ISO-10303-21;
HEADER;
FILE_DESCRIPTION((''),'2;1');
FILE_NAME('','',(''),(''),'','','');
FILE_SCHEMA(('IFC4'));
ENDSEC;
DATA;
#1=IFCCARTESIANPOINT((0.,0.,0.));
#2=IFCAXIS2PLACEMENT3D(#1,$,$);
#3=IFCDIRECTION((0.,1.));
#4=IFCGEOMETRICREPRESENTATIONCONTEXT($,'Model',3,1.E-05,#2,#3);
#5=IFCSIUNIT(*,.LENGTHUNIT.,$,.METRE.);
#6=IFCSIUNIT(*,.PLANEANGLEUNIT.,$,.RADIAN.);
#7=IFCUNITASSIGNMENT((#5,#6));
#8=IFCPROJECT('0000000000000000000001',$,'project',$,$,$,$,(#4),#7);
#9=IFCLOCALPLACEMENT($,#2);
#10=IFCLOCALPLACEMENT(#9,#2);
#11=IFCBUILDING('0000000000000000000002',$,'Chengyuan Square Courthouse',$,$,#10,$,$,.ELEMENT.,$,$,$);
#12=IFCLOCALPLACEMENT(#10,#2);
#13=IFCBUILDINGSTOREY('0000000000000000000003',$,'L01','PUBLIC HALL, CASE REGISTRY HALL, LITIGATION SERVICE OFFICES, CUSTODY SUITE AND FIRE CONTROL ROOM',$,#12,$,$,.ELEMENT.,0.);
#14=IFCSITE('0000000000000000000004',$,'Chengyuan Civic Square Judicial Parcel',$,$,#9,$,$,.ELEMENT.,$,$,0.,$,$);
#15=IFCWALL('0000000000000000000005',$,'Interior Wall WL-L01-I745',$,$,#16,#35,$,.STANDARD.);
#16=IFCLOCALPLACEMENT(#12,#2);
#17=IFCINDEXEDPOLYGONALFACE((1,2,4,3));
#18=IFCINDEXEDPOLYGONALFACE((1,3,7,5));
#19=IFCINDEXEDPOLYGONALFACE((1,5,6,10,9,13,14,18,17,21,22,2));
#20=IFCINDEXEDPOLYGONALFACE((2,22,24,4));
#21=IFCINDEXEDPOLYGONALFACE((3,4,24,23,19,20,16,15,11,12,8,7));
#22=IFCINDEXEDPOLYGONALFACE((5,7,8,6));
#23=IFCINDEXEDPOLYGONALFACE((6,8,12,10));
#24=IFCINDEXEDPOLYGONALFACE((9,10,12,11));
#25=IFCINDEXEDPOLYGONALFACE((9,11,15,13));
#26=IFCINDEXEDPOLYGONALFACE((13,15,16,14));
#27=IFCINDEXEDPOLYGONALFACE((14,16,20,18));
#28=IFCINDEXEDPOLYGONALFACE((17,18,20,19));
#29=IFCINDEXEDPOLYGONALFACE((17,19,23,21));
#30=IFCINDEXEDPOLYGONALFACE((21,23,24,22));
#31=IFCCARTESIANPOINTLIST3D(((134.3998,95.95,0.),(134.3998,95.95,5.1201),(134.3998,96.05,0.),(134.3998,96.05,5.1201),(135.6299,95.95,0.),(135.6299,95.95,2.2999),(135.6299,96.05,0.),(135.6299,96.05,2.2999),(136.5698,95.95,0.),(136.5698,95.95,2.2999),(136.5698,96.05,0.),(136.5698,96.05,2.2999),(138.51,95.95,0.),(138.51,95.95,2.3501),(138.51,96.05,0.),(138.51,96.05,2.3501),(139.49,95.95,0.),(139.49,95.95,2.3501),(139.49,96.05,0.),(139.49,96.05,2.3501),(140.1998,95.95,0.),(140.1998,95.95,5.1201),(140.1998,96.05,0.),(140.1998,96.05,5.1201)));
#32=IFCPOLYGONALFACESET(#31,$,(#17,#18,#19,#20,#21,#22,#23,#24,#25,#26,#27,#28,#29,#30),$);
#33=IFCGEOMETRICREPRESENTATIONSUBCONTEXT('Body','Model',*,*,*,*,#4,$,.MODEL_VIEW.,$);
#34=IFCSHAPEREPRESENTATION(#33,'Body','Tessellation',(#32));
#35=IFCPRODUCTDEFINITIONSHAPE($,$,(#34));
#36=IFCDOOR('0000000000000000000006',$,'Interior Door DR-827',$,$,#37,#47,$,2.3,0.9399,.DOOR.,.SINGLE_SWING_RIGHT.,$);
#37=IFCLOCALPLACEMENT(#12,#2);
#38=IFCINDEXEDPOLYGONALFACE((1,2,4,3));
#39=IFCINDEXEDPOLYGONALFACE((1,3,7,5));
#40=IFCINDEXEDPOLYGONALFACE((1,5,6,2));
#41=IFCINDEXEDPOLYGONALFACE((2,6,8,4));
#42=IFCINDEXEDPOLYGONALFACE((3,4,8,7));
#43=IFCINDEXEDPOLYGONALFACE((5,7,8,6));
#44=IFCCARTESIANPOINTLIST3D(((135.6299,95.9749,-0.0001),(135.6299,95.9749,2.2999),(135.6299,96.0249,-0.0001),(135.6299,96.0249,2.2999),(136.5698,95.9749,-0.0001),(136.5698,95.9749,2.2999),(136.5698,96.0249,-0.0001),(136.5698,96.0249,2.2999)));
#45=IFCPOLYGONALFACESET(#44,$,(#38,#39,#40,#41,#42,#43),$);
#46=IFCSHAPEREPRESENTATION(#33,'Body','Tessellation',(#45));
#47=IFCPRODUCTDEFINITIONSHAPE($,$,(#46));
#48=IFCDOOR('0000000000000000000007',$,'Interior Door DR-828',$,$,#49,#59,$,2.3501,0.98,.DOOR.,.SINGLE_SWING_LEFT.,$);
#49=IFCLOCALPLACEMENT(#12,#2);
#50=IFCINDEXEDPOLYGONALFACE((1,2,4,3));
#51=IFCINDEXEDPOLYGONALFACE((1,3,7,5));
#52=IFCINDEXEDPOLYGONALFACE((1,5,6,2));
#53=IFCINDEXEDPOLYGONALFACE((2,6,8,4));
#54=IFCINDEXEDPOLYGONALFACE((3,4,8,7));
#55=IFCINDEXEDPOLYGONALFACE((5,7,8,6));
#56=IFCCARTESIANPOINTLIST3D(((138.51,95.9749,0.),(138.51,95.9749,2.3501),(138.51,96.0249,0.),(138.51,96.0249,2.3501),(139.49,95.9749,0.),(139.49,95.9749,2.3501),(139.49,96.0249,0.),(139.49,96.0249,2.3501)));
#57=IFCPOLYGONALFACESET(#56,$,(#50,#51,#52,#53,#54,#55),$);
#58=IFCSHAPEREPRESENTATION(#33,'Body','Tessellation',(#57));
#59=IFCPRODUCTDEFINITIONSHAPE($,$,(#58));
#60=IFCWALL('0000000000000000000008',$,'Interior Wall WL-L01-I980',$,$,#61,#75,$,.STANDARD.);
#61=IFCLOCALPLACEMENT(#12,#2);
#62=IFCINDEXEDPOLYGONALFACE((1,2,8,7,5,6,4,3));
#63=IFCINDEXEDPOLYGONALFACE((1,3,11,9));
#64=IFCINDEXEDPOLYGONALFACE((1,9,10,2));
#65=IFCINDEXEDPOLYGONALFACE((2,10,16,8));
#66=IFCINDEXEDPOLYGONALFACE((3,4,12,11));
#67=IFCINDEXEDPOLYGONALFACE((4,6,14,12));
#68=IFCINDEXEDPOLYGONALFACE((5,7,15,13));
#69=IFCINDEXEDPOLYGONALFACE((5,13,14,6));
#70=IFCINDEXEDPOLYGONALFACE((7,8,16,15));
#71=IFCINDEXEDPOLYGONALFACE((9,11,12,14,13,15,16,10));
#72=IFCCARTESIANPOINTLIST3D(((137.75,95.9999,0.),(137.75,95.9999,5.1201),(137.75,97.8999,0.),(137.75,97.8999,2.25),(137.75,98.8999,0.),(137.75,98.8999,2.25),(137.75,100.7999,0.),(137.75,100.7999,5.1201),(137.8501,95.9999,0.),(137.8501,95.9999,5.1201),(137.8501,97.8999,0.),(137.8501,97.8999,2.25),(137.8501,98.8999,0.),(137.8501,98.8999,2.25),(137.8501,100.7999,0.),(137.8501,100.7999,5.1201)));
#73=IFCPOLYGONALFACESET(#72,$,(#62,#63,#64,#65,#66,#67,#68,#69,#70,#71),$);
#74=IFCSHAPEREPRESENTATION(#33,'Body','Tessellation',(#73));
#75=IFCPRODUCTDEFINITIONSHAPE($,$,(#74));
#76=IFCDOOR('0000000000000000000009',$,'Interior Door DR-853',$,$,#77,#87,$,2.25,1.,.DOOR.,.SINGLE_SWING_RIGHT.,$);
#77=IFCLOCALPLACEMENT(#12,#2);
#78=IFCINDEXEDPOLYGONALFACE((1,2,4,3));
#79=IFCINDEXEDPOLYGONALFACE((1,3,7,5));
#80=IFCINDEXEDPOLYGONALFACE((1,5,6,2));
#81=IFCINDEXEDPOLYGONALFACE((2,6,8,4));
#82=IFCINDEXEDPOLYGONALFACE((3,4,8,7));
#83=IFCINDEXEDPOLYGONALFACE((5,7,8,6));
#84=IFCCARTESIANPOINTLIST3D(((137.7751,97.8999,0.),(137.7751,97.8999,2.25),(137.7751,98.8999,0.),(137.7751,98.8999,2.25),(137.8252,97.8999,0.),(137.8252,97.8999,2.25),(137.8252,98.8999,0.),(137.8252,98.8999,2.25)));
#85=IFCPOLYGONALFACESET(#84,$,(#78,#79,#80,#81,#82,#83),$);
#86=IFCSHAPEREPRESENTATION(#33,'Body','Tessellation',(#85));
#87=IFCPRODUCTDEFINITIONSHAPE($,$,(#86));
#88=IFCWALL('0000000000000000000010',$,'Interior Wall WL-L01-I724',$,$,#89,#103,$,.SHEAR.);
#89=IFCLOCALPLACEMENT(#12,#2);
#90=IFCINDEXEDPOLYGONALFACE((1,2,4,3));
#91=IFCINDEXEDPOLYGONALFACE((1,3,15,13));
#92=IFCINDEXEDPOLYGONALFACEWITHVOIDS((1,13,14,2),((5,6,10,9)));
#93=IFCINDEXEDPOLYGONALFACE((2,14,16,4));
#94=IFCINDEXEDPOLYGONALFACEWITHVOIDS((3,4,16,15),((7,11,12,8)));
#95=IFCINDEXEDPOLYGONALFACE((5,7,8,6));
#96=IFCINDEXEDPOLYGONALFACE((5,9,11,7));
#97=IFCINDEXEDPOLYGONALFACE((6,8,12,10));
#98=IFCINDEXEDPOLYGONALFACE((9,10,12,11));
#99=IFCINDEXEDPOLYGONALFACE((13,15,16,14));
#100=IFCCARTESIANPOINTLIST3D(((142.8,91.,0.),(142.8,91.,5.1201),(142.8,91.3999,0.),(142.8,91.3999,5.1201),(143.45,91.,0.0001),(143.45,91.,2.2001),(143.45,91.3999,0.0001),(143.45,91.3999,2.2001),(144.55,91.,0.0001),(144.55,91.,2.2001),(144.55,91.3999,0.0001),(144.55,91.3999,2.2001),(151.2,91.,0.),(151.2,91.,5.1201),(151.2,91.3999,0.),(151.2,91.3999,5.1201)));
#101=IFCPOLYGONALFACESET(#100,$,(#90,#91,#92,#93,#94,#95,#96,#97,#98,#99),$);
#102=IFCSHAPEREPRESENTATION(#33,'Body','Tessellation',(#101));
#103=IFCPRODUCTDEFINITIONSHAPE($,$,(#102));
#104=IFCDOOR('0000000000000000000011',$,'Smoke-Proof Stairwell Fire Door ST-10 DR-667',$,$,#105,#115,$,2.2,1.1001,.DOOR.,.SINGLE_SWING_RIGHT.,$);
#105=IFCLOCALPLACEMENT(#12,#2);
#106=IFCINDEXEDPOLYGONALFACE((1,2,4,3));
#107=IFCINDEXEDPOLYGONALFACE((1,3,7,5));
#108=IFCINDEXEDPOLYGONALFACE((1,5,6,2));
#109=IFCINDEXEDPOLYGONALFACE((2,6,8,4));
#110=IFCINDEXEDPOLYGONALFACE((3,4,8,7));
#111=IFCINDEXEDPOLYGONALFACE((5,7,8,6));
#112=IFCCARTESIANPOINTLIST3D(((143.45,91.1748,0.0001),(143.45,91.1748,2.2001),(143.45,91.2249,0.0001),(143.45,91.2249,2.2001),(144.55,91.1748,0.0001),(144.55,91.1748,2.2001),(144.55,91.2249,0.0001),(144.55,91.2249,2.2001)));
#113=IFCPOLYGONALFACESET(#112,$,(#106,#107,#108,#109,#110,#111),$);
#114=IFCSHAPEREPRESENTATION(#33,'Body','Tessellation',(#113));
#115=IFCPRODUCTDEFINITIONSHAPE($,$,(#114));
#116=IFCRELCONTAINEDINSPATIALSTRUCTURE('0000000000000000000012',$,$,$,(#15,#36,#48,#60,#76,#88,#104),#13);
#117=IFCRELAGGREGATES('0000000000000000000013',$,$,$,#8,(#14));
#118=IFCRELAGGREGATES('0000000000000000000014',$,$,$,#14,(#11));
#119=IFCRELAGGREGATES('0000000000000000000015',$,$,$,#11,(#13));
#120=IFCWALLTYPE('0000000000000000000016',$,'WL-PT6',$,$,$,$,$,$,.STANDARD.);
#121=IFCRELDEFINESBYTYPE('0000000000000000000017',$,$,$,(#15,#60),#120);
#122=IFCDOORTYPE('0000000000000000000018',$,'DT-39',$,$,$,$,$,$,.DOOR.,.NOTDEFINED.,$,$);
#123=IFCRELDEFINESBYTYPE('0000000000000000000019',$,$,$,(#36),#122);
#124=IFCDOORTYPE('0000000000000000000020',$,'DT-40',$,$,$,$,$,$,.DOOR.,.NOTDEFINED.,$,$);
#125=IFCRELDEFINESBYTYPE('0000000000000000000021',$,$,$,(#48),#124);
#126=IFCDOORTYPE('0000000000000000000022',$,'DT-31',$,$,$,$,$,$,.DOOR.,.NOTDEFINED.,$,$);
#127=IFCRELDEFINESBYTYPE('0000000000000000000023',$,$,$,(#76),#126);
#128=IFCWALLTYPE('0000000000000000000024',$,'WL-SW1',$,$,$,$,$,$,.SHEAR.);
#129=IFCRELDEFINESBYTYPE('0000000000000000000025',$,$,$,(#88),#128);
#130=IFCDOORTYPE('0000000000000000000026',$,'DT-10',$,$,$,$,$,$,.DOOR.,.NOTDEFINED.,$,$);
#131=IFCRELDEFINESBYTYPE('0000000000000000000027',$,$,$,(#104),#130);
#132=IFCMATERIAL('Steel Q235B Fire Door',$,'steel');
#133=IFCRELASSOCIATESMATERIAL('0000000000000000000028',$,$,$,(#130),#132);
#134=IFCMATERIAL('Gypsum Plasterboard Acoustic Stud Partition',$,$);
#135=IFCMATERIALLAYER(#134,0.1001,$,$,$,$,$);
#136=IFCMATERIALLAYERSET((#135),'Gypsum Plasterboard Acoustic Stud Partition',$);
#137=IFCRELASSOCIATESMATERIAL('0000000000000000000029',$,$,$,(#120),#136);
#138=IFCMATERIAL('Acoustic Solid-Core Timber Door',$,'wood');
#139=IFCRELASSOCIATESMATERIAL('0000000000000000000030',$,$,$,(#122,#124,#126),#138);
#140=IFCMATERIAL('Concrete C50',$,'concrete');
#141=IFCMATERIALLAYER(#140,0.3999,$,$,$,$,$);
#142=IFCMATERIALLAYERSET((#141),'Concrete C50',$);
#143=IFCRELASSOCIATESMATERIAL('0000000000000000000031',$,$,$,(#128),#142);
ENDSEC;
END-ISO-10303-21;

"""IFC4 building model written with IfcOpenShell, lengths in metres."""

from ifc_helpers import new_model, si_unit, direction, frame, frame_2d, origin, place, context, subcontext, project, spatial, rectangle, extrude, material, layer, layer_set, type_object, element, fill, save


model = new_model("IFC4")

# Units and contexts
model_context = context("Model", 3, precision=1e-05, world=origin(), true_north=direction((0.0, 1.0)))
body_context = subcontext(model_context, "Body", "Model", "MODEL_VIEW")
ifc_project = project(units=[si_unit("LENGTHUNIT", "METRE"), si_unit("PLANEANGLEUNIT", "RADIAN")], contexts=[model_context])

# Site, building, storey
site_placement = place(None, origin())
site = spatial("IfcSite", under=ifc_project, at=site_placement, Name="Chengyuan Civic Square Judicial Parcel", CompositionType="ELEMENT", RefElevation=0.0)
building_placement = place(site_placement, origin())
building = spatial("IfcBuilding", under=site, at=building_placement, Name="Chengyuan Square Courthouse", CompositionType="ELEMENT")
storey_placement = place(building_placement, origin())
storey = spatial("IfcBuildingStorey", under=building, at=storey_placement, Name="L01", Description="PUBLIC HALL, CASE REGISTRY HALL, LITIGATION SERVICE OFFICES, CUSTODY SUITE AND FIRE CONTROL ROOM", CompositionType="ELEMENT", Elevation=0.0)

# Shared definitions
ifc_material_1 = material(Name="Concrete C50", Category="concrete")

# Shared definitions
ifc_material_2 = material(Name="Steel Q235B Fire Door", Category="steel")
door_type_1 = type_object("IfcDoorType", Name="DT-10", OperationType="NOTDEFINED", PredefinedType="DOOR", material=ifc_material_2)

# Shared definitions
ifc_material_3 = material(Name="Acoustic Solid-Core Timber Door", Category="wood")

# Wall, openings, doors
ifc_material_4 = material(Name="Gypsum Plasterboard Acoustic Stud Partition")
ifc_layer_1 = layer(ifc_material_4, 0.1001)
ifc_layer_set_1 = layer_set([ifc_layer_1], Name="Gypsum Plasterboard Acoustic Stud Partition")
wall_type_1 = type_object("IfcWallType", Name="WL-PT6", PredefinedType="STANDARD", material=ifc_layer_set_1)
wall_1_placement = place(storey_placement, frame((134.3999, 96.0, 0.0), z_axis=(0.0, 0.0, 1.0), x_axis=(1.0, 0.0, 0.0)))
wall_1 = element("IfcWall", 1, at=wall_1_placement, inside=storey, type_object=wall_type_1, Name="Interior Wall WL-L01-I745", PredefinedType="STANDARD", context=body_context, shape_type="SweptSolid", body=[
    extrude(rectangle(XDim=5.8, YDim=0.1001, at=frame_2d((2.8999, 0.0))), origin(), (0.0, 0.0, 1.0), 5.1201),
])
opening_1_placement = place(wall_1_placement, frame((1.23, 0.0, 0.0)))
opening_1 = element("IfcOpeningElement", 2, at=opening_1_placement, cuts=wall_1, PredefinedType="OPENING", context=body_context, shape_type="SweptSolid", body=[
    extrude(rectangle(XDim=0.9399, YDim=2.3, at=frame_2d((0.47, 1.1499))), frame((0.0, 0.062, 0.0), z_axis=(0.0, -1.0, 0.0), x_axis=(1.0, 0.0, 0.0)), (0.0, 0.0, 1.0), 0.124),
])
opening_2_placement = place(wall_1_placement, frame((4.1101, 0.0, 0.0)))
opening_2 = element("IfcOpeningElement", 3, at=opening_2_placement, cuts=wall_1, PredefinedType="OPENING", context=body_context, shape_type="SweptSolid", body=[
    extrude(rectangle(XDim=0.98, YDim=2.3501, at=frame_2d((0.49, 1.175))), frame((0.0, 0.062, 0.0), z_axis=(0.0, -1.0, 0.0), x_axis=(1.0, 0.0, 0.0)), (0.0, 0.0, 1.0), 0.124),
])
door_type_2 = type_object("IfcDoorType", Name="DT-39", OperationType="NOTDEFINED", PredefinedType="DOOR", material=ifc_material_3)
door_1_placement = place(opening_1_placement, origin())
door_1 = element("IfcDoor", 4, at=door_1_placement, inside=storey, type_object=door_type_2, Name="Interior Door DR-827", OperationType="SINGLE_SWING_RIGHT", OverallHeight=2.3, OverallWidth=0.9399, PredefinedType="DOOR", context=body_context, shape_type="SweptSolid", body=[
    extrude(rectangle(XDim=0.9399, YDim=2.3, at=frame_2d((0.47, 1.1499))), frame((0.0, 0.0249, 0.0), z_axis=(0.0, -1.0, 0.0), x_axis=(1.0, 0.0, 0.0)), (0.0, 0.0, 1.0), 0.05),
])
fill(opening_1, door_1)
door_type_3 = type_object("IfcDoorType", Name="DT-40", OperationType="NOTDEFINED", PredefinedType="DOOR", material=ifc_material_3)
door_2_placement = place(opening_2_placement, origin())
door_2 = element("IfcDoor", 5, at=door_2_placement, inside=storey, type_object=door_type_3, Name="Interior Door DR-828", OperationType="SINGLE_SWING_LEFT", OverallHeight=2.3501, OverallWidth=0.98, PredefinedType="DOOR", context=body_context, shape_type="SweptSolid", body=[
    extrude(rectangle(XDim=0.98, YDim=2.3501, at=frame_2d((0.49, 1.175))), frame((0.0, 0.0249, 0.0), z_axis=(0.0, -1.0, 0.0), x_axis=(1.0, 0.0, 0.0)), (0.0, 0.0, 1.0), 0.05),
])
fill(opening_2, door_2)

# Walls, openings, doors
wall_2_placement = place(storey_placement, frame((137.8, 96.0, 0.0), z_axis=(0.0, 0.0, 1.0), x_axis=(0.0, 1.0, 0.0)))
wall_2 = element("IfcWall", 6, at=wall_2_placement, inside=storey, type_object=wall_type_1, Name="Interior Wall WL-L01-I980", PredefinedType="STANDARD", context=body_context, shape_type="SweptSolid", body=[
    extrude(rectangle(XDim=4.8, YDim=0.1001, at=frame_2d((2.3999, 0.0))), origin(), (0.0, 0.0, 1.0), 5.1201),
])
opening_3_placement = place(wall_2_placement, frame((1.8999, 0.0, 0.0)))
opening_3 = element("IfcOpeningElement", 7, at=opening_3_placement, cuts=wall_2, PredefinedType="OPENING", context=body_context, shape_type="SweptSolid", body=[
    extrude(rectangle(XDim=1.0, YDim=2.25, at=frame_2d((0.5, 1.125))), frame((0.0, 0.062, 0.0), z_axis=(0.0, -1.0, 0.0), x_axis=(1.0, 0.0, 0.0)), (0.0, 0.0, 1.0), 0.124),
])
door_type_4 = type_object("IfcDoorType", Name="DT-31", OperationType="NOTDEFINED", PredefinedType="DOOR", material=ifc_material_3)
door_3_placement = place(opening_3_placement, origin())
door_3 = element("IfcDoor", 8, at=door_3_placement, inside=storey, type_object=door_type_4, Name="Interior Door DR-853", OperationType="SINGLE_SWING_RIGHT", OverallHeight=2.25, OverallWidth=1.0, PredefinedType="DOOR", context=body_context, shape_type="SweptSolid", body=[
    extrude(rectangle(XDim=1.0, YDim=2.25, at=frame_2d((0.5, 1.125))), frame((0.0, 0.0249, 0.0), z_axis=(0.0, -1.0, 0.0), x_axis=(1.0, 0.0, 0.0)), (0.0, 0.0, 1.0), 0.05),
])
fill(opening_3, door_3)
ifc_layer_2 = layer(ifc_material_1, 0.3999)
ifc_layer_set_2 = layer_set([ifc_layer_2], Name="Concrete C50")
wall_type_2 = type_object("IfcWallType", Name="WL-SW1", PredefinedType="SHEAR", material=ifc_layer_set_2)
wall_3_placement = place(storey_placement, frame((142.8, 91.2, 0.0), z_axis=(0.0, 0.0, 1.0), x_axis=(1.0, 0.0, 0.0)))
wall_3 = element("IfcWall", 9, at=wall_3_placement, inside=storey, type_object=wall_type_2, Name="Interior Wall WL-L01-I724", PredefinedType="SHEAR", context=body_context, shape_type="SweptSolid", body=[
    extrude(rectangle(XDim=8.3999, YDim=0.3999, at=frame_2d((4.2, 0.0))), origin(), (0.0, 0.0, 1.0), 5.1201),
])
opening_4_placement = place(wall_3_placement, frame((0.6499, 0.0, 0.0)))
opening_4 = element("IfcOpeningElement", 10, at=opening_4_placement, cuts=wall_3, PredefinedType="OPENING", context=body_context, shape_type="SweptSolid", body=[
    extrude(rectangle(XDim=1.1001, YDim=2.2, at=frame_2d((0.55, 1.1001))), frame((0.0, 0.2119, 0.0), z_axis=(0.0, -1.0, 0.0), x_axis=(1.0, 0.0, 0.0)), (0.0, 0.0, 1.0), 0.4238),
])
door_4_placement = place(opening_4_placement, origin())
door_4 = element("IfcDoor", 11, at=door_4_placement, inside=storey, type_object=door_type_1, Name="Smoke-Proof Stairwell Fire Door ST-10 DR-667", OperationType="SINGLE_SWING_RIGHT", OverallHeight=2.2, OverallWidth=1.1001, PredefinedType="DOOR", context=body_context, shape_type="SweptSolid", body=[
    extrude(rectangle(XDim=1.1001, YDim=2.2, at=frame_2d((0.55, 1.1001))), frame((0.0, 0.0249, 0.0), z_axis=(0.0, -1.0, 0.0), x_axis=(1.0, 0.0, 0.0)), (0.0, 0.0, 1.0), 0.05),
])
fill(opening_4, door_4)

save(model, "model.ifc")
